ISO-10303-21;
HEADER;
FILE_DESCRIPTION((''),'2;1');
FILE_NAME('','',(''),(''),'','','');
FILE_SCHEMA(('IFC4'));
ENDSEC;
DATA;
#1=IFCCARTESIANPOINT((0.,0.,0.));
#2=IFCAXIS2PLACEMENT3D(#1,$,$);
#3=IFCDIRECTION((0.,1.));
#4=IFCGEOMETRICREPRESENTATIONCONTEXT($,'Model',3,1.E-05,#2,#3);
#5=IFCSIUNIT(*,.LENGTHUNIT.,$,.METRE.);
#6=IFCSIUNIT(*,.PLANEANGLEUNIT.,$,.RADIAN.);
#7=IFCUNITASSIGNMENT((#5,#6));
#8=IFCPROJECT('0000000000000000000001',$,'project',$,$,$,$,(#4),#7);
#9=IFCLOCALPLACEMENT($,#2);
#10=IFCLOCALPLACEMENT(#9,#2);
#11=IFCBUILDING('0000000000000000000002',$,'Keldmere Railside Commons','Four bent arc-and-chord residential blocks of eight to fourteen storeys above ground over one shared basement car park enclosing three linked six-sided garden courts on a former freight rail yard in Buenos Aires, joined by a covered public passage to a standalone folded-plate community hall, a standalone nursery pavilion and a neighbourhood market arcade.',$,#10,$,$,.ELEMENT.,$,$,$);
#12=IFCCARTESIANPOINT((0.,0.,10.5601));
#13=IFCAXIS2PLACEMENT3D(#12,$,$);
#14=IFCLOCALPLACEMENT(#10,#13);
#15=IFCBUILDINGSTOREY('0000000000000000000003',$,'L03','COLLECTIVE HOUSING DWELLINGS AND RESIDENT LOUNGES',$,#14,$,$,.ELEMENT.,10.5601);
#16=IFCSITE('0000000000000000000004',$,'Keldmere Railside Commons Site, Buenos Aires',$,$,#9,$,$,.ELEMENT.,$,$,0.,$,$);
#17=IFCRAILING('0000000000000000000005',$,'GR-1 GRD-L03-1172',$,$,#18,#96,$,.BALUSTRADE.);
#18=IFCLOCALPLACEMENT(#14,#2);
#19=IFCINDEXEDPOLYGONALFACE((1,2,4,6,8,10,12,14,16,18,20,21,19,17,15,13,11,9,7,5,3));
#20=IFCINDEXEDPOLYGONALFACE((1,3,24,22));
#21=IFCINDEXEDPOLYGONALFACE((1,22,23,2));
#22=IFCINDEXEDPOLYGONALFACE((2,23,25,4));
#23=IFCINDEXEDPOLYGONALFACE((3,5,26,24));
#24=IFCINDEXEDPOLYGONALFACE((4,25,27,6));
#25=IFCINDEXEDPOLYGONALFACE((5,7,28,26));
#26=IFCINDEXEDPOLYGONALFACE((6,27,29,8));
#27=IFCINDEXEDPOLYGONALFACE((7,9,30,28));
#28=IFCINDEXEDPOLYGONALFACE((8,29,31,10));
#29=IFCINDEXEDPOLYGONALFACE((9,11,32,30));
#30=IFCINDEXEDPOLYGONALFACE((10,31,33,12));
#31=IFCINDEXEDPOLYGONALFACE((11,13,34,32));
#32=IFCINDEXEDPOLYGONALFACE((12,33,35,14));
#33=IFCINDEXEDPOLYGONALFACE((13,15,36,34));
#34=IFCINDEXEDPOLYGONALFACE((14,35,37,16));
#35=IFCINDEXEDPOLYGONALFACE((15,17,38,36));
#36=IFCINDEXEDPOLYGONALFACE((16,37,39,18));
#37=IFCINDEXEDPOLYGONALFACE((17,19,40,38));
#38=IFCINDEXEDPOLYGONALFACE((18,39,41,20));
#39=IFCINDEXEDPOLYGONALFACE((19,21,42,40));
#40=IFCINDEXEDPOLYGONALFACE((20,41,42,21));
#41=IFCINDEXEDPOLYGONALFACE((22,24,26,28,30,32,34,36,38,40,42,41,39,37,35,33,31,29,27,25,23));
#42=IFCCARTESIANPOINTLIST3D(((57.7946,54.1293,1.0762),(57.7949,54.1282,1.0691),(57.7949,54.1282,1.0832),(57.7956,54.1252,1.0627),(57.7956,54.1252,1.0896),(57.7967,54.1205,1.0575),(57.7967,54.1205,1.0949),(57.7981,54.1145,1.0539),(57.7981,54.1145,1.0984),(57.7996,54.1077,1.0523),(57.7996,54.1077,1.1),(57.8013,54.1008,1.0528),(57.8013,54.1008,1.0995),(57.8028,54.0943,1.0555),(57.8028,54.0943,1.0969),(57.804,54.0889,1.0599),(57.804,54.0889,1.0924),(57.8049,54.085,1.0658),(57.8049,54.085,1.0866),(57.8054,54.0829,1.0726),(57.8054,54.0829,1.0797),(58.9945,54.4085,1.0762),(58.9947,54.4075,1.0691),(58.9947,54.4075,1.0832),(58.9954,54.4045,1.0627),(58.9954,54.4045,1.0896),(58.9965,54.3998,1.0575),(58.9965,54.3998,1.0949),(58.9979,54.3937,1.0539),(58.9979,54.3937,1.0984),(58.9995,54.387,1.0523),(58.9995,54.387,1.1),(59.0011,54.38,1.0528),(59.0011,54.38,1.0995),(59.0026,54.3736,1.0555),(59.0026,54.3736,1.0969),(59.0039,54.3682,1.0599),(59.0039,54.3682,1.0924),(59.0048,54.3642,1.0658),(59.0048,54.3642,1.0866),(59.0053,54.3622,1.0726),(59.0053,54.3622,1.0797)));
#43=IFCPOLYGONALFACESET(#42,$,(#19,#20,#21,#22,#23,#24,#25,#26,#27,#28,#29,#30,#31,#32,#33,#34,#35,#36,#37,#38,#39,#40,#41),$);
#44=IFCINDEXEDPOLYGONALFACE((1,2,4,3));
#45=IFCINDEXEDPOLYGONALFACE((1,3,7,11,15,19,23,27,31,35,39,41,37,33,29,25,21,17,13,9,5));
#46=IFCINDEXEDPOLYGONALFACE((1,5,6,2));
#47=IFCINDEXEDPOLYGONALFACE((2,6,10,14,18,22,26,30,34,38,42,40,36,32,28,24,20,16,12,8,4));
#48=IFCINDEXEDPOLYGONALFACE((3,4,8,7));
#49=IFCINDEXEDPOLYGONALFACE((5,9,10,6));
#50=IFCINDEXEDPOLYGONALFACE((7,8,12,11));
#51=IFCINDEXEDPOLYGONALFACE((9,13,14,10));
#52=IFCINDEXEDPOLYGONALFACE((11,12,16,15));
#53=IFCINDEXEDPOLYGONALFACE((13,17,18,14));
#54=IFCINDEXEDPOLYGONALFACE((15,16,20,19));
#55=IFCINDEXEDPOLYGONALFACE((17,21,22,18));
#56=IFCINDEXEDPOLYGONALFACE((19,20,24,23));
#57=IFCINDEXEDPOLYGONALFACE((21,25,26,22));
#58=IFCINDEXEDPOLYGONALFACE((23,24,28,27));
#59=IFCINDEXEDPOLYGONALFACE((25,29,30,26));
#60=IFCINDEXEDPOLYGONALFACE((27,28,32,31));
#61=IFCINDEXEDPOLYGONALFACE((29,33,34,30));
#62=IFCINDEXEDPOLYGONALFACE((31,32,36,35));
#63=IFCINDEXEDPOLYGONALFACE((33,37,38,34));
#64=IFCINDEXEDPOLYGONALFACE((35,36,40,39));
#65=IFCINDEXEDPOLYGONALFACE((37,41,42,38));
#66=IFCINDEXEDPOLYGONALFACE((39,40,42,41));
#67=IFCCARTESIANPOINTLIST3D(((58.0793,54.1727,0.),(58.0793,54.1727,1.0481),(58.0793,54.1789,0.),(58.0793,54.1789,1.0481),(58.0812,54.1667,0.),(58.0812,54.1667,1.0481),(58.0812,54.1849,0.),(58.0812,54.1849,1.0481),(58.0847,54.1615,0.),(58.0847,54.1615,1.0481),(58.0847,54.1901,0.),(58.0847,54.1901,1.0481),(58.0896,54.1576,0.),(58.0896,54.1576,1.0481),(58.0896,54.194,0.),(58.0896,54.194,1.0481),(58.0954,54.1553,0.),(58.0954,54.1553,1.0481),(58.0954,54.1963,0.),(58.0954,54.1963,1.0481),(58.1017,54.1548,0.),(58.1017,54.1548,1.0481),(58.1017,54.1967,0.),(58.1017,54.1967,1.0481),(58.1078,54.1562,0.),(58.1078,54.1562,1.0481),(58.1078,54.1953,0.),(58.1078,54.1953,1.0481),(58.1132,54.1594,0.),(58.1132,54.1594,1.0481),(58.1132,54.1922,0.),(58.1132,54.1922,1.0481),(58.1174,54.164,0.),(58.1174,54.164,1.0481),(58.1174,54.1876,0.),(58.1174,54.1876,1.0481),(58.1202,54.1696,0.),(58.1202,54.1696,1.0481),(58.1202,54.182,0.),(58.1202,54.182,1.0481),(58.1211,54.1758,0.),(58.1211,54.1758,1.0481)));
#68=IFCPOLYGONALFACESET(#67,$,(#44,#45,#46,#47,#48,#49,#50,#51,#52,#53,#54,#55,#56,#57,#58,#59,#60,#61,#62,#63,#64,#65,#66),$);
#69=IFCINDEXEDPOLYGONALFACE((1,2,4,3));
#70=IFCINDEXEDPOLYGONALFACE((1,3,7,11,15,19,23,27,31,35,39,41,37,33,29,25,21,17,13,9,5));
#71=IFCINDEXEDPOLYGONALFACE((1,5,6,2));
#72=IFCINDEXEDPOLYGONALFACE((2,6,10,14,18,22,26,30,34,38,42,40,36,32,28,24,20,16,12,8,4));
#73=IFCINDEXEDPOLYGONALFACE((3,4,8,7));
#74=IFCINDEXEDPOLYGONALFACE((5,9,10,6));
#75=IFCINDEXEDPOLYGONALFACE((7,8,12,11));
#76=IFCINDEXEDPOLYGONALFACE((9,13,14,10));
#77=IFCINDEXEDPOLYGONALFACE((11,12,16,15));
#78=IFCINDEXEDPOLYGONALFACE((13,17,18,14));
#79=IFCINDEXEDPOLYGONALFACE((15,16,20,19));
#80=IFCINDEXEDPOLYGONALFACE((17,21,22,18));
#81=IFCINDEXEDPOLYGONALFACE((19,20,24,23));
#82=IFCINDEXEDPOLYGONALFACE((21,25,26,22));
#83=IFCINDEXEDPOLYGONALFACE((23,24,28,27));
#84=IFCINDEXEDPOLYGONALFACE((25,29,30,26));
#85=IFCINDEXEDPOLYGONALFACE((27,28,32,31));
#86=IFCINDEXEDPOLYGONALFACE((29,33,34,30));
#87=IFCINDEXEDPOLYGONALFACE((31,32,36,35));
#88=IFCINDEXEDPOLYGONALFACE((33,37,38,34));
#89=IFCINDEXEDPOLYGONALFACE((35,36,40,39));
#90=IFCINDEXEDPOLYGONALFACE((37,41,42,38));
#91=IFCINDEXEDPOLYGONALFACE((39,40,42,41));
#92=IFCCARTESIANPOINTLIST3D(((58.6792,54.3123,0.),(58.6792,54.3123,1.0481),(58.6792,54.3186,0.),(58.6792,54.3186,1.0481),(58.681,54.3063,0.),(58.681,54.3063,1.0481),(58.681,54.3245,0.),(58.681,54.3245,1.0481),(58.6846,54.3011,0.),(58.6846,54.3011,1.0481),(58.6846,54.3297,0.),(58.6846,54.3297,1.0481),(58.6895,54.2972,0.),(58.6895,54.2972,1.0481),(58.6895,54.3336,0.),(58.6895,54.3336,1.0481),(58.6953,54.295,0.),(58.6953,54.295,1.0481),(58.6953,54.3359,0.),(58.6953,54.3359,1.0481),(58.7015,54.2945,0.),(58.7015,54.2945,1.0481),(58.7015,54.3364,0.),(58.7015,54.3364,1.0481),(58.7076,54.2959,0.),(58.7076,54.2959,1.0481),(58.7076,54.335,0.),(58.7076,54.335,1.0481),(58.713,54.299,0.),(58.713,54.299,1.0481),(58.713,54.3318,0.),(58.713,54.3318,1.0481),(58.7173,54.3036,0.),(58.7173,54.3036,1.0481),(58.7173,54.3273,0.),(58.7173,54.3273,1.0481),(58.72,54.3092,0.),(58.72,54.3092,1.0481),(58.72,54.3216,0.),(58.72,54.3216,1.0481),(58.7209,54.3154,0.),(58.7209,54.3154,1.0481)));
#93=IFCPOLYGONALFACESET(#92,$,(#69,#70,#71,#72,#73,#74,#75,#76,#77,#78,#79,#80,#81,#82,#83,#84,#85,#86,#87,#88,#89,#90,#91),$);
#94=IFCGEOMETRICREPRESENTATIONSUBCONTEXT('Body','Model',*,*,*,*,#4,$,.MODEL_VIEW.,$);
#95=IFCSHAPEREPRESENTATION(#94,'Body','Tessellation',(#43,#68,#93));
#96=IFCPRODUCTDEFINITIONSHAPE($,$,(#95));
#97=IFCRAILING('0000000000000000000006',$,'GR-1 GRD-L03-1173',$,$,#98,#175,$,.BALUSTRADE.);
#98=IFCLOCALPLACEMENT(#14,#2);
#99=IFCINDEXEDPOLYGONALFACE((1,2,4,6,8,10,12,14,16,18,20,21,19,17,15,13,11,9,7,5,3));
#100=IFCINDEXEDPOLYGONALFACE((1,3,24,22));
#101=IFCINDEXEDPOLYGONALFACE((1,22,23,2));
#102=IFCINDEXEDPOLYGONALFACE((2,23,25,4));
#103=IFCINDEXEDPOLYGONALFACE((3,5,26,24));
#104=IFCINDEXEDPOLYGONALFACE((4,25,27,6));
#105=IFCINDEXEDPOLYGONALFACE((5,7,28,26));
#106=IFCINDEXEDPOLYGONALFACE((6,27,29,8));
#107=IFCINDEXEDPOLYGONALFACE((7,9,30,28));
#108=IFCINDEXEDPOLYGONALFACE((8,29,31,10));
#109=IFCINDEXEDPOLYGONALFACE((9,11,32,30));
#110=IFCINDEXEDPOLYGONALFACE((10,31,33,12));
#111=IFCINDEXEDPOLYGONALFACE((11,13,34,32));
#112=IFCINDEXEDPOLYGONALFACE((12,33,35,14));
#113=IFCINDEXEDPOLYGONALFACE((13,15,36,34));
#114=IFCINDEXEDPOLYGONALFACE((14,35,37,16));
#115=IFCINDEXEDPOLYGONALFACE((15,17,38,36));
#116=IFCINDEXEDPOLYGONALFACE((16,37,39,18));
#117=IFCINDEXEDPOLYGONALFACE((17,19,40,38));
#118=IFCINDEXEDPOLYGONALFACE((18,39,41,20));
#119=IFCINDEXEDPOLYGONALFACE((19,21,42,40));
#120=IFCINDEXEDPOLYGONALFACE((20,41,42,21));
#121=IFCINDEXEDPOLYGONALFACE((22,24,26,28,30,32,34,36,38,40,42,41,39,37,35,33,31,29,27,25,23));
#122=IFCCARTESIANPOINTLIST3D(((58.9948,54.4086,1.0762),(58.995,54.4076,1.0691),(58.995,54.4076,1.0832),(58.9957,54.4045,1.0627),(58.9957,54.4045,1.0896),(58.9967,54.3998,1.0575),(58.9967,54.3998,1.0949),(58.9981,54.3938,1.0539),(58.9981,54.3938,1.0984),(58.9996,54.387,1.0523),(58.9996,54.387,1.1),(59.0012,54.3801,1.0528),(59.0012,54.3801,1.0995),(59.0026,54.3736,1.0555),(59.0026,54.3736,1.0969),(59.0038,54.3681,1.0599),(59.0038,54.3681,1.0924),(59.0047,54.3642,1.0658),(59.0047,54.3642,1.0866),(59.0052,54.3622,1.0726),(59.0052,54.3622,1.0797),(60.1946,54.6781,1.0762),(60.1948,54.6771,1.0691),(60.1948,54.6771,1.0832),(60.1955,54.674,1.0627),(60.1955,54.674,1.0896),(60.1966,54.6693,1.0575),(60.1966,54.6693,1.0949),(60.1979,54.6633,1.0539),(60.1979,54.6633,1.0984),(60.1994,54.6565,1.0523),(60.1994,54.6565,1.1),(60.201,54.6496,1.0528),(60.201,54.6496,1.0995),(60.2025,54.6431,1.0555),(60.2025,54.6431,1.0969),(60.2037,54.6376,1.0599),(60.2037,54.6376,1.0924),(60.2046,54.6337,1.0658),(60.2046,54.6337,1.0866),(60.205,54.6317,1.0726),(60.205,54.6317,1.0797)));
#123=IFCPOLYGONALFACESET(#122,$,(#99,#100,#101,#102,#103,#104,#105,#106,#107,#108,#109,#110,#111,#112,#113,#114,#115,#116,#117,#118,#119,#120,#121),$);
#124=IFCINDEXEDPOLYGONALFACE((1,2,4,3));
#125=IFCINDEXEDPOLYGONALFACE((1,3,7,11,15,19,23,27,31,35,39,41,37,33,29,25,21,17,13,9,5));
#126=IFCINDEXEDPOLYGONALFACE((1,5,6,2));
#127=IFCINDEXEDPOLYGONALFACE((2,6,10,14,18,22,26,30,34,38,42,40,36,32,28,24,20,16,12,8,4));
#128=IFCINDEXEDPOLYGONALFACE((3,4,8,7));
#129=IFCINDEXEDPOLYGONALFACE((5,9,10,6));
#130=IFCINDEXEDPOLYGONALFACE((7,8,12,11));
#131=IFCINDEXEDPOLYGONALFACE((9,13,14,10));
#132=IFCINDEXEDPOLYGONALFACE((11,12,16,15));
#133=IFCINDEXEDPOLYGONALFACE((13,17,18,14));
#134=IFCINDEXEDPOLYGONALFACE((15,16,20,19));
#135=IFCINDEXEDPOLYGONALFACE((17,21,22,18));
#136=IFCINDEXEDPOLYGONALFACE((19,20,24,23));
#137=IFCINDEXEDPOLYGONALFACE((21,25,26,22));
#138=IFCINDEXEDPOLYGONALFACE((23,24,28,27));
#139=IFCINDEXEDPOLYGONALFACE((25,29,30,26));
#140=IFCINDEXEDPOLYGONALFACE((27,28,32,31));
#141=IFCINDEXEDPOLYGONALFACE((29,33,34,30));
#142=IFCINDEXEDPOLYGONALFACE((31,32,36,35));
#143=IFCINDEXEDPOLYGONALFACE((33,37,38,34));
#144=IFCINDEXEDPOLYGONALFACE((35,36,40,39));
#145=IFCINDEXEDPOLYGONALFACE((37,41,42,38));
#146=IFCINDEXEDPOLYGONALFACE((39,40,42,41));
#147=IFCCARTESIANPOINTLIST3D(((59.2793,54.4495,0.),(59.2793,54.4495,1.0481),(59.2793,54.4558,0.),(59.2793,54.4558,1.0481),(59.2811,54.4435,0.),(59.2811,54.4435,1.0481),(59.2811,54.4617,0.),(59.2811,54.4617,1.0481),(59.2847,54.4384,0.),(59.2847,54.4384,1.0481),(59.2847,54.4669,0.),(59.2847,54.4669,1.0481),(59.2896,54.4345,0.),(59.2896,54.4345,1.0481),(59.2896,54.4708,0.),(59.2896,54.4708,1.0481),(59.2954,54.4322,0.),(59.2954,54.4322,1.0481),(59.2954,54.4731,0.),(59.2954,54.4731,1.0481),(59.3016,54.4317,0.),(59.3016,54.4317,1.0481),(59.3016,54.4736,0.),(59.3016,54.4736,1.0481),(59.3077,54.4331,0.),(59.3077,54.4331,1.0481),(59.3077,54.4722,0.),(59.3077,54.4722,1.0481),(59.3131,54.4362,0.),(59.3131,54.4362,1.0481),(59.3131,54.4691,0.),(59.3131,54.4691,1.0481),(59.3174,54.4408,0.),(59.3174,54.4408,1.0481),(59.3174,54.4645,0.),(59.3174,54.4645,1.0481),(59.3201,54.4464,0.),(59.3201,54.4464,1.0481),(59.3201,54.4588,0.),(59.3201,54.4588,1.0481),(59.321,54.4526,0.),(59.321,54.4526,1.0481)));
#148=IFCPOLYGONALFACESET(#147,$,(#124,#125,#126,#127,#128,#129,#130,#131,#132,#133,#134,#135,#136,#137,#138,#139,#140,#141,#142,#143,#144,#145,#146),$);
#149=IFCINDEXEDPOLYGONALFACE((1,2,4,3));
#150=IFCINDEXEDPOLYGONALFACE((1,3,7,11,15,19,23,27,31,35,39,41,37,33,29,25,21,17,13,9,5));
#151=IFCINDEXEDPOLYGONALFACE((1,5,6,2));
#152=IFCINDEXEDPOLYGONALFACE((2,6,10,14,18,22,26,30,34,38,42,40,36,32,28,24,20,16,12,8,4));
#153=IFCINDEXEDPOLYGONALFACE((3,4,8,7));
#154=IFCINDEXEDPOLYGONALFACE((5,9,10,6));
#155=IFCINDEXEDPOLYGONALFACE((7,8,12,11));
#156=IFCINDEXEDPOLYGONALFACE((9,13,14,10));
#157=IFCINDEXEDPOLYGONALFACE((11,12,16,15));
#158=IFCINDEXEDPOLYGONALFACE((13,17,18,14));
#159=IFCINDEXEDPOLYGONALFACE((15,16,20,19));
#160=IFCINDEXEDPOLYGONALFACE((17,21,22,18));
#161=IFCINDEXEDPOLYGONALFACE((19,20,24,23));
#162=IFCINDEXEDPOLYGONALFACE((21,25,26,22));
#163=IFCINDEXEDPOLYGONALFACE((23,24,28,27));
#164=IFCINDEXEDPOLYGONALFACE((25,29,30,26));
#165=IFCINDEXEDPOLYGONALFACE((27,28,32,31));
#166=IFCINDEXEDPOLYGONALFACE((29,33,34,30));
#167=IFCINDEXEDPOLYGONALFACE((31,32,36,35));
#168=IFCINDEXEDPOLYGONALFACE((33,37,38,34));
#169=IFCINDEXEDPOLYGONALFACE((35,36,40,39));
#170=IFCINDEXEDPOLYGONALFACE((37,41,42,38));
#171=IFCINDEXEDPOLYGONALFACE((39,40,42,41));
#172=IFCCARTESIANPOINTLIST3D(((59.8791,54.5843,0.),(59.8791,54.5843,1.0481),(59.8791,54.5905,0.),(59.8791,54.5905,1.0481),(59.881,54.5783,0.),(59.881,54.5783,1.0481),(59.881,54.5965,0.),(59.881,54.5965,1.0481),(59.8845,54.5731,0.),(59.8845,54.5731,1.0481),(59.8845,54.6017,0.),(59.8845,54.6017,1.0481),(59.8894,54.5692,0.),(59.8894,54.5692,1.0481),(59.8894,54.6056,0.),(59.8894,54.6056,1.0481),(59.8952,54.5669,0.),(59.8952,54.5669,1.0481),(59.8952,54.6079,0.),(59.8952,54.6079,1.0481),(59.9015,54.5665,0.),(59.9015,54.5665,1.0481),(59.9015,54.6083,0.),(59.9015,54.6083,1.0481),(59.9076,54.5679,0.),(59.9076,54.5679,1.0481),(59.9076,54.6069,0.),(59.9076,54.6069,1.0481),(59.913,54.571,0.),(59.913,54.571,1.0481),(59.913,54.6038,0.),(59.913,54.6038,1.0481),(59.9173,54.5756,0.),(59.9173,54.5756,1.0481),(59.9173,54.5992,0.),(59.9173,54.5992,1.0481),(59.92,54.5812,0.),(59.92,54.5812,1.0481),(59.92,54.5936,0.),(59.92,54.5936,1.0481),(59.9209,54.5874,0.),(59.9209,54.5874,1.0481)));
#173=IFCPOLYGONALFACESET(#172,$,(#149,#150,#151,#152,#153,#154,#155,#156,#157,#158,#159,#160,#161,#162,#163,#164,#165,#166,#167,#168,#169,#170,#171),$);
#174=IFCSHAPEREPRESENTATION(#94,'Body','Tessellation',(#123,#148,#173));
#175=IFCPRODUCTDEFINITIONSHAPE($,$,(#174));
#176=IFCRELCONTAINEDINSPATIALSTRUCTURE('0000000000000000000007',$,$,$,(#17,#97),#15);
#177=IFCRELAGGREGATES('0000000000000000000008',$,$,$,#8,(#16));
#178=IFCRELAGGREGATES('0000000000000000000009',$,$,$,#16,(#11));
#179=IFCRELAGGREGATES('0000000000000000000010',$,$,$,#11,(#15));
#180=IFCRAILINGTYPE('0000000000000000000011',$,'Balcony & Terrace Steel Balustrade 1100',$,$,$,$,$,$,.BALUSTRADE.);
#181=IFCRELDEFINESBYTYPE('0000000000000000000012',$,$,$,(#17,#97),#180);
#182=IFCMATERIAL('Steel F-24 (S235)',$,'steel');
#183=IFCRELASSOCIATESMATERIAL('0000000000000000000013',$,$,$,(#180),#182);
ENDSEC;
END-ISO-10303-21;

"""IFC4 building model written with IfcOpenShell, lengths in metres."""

from ifc_helpers import new_model, si_unit, direction, frame, origin, origin_2d, place, context, subcontext, project, spatial, circle, extrude, material, type_object, element, save


model = new_model("IFC4")

# Units and contexts
model_context = context("Model", 3, precision=1e-05, world=origin(), true_north=direction((0.0, 1.0)))
body_context = subcontext(model_context, "Body", "Model", "MODEL_VIEW")
ifc_project = project(units=[si_unit("LENGTHUNIT", "METRE"), si_unit("PLANEANGLEUNIT", "RADIAN")], contexts=[model_context])

# Site, building, storey
site_placement = place(None, origin())
site = spatial("IfcSite", under=ifc_project, at=site_placement, Name="Keldmere Railside Commons Site, Buenos Aires", CompositionType="ELEMENT", RefElevation=0.0)
building_placement = place(site_placement, origin())
building = spatial("IfcBuilding", under=site, at=building_placement, Name="Keldmere Railside Commons", Description="Four bent arc-and-chord residential blocks of eight to fourteen storeys above ground over one shared basement car park enclosing three linked six-sided garden courts on a former freight rail yard in Buenos Aires, joined by a covered public passage to a standalone folded-plate community hall, a standalone nursery pavilion and a neighbourhood market arcade.", CompositionType="ELEMENT")
storey_placement = place(building_placement, frame((0.0, 0.0, 10.5601)))
storey = spatial("IfcBuildingStorey", under=building, at=storey_placement, Name="L03", Description="COLLECTIVE HOUSING DWELLINGS AND RESIDENT LOUNGES", CompositionType="ELEMENT", Elevation=10.5601)

# Railings
ifc_material_1 = material(Name="Steel F-24 (S235)", Category="steel")
railing_type = type_object("IfcRailingType", Name="Balcony & Terrace Steel Balustrade 1100", PredefinedType="BALUSTRADE", material=ifc_material_1)
railing_1_placement = place(storey_placement, frame((57.8, 54.106, 0.0)))
element("IfcRailing", 1, at=railing_1_placement, inside=storey, type_object=railing_type, Name="GR-1 GRD-L03-1172", PredefinedType="BALUSTRADE", context=body_context, shape_type="SweptSolid", body=[
    extrude(circle(Radius=0.0239, at=origin_2d()), frame((0.0, 0.0, 1.0762), z_axis=(0.973965, 0.226697, 0.0), x_axis=(-0.226697, 0.973965, 0.0)), (0.0, 0.0, 1.0), 1.2319),
    extrude(circle(Radius=0.021, at=origin_2d()), frame((0.3, 0.0698, 0.0)), (0.0, 0.0, 1.0), 1.0481),
    extrude(circle(Radius=0.021, at=origin_2d()), frame((0.8999, 0.2095, 0.0)), (0.0, 0.0, 1.0), 1.0481),
])
railing_2_placement = place(storey_placement, frame((59.0, 54.3853, 0.0)))
element("IfcRailing", 2, at=railing_2_placement, inside=storey, type_object=railing_type, Name="GR-1 GRD-L03-1173", PredefinedType="BALUSTRADE", context=body_context, shape_type="SweptSolid", body=[
    extrude(circle(Radius=0.0239, at=origin_2d()), frame((0.0, 0.0, 1.0762), z_axis=(0.975689, 0.219158, 0.0), x_axis=(-0.219158, 0.975689, 0.0)), (0.0, 0.0, 1.0), 1.2297),
    extrude(circle(Radius=0.021, at=origin_2d()), frame((0.3, 0.0674, 0.0)), (0.0, 0.0, 1.0), 1.0481),
    extrude(circle(Radius=0.021, at=origin_2d()), frame((0.8999, 0.2021, 0.0)), (0.0, 0.0, 1.0), 1.0481),
])

save(model, "model.ifc")
